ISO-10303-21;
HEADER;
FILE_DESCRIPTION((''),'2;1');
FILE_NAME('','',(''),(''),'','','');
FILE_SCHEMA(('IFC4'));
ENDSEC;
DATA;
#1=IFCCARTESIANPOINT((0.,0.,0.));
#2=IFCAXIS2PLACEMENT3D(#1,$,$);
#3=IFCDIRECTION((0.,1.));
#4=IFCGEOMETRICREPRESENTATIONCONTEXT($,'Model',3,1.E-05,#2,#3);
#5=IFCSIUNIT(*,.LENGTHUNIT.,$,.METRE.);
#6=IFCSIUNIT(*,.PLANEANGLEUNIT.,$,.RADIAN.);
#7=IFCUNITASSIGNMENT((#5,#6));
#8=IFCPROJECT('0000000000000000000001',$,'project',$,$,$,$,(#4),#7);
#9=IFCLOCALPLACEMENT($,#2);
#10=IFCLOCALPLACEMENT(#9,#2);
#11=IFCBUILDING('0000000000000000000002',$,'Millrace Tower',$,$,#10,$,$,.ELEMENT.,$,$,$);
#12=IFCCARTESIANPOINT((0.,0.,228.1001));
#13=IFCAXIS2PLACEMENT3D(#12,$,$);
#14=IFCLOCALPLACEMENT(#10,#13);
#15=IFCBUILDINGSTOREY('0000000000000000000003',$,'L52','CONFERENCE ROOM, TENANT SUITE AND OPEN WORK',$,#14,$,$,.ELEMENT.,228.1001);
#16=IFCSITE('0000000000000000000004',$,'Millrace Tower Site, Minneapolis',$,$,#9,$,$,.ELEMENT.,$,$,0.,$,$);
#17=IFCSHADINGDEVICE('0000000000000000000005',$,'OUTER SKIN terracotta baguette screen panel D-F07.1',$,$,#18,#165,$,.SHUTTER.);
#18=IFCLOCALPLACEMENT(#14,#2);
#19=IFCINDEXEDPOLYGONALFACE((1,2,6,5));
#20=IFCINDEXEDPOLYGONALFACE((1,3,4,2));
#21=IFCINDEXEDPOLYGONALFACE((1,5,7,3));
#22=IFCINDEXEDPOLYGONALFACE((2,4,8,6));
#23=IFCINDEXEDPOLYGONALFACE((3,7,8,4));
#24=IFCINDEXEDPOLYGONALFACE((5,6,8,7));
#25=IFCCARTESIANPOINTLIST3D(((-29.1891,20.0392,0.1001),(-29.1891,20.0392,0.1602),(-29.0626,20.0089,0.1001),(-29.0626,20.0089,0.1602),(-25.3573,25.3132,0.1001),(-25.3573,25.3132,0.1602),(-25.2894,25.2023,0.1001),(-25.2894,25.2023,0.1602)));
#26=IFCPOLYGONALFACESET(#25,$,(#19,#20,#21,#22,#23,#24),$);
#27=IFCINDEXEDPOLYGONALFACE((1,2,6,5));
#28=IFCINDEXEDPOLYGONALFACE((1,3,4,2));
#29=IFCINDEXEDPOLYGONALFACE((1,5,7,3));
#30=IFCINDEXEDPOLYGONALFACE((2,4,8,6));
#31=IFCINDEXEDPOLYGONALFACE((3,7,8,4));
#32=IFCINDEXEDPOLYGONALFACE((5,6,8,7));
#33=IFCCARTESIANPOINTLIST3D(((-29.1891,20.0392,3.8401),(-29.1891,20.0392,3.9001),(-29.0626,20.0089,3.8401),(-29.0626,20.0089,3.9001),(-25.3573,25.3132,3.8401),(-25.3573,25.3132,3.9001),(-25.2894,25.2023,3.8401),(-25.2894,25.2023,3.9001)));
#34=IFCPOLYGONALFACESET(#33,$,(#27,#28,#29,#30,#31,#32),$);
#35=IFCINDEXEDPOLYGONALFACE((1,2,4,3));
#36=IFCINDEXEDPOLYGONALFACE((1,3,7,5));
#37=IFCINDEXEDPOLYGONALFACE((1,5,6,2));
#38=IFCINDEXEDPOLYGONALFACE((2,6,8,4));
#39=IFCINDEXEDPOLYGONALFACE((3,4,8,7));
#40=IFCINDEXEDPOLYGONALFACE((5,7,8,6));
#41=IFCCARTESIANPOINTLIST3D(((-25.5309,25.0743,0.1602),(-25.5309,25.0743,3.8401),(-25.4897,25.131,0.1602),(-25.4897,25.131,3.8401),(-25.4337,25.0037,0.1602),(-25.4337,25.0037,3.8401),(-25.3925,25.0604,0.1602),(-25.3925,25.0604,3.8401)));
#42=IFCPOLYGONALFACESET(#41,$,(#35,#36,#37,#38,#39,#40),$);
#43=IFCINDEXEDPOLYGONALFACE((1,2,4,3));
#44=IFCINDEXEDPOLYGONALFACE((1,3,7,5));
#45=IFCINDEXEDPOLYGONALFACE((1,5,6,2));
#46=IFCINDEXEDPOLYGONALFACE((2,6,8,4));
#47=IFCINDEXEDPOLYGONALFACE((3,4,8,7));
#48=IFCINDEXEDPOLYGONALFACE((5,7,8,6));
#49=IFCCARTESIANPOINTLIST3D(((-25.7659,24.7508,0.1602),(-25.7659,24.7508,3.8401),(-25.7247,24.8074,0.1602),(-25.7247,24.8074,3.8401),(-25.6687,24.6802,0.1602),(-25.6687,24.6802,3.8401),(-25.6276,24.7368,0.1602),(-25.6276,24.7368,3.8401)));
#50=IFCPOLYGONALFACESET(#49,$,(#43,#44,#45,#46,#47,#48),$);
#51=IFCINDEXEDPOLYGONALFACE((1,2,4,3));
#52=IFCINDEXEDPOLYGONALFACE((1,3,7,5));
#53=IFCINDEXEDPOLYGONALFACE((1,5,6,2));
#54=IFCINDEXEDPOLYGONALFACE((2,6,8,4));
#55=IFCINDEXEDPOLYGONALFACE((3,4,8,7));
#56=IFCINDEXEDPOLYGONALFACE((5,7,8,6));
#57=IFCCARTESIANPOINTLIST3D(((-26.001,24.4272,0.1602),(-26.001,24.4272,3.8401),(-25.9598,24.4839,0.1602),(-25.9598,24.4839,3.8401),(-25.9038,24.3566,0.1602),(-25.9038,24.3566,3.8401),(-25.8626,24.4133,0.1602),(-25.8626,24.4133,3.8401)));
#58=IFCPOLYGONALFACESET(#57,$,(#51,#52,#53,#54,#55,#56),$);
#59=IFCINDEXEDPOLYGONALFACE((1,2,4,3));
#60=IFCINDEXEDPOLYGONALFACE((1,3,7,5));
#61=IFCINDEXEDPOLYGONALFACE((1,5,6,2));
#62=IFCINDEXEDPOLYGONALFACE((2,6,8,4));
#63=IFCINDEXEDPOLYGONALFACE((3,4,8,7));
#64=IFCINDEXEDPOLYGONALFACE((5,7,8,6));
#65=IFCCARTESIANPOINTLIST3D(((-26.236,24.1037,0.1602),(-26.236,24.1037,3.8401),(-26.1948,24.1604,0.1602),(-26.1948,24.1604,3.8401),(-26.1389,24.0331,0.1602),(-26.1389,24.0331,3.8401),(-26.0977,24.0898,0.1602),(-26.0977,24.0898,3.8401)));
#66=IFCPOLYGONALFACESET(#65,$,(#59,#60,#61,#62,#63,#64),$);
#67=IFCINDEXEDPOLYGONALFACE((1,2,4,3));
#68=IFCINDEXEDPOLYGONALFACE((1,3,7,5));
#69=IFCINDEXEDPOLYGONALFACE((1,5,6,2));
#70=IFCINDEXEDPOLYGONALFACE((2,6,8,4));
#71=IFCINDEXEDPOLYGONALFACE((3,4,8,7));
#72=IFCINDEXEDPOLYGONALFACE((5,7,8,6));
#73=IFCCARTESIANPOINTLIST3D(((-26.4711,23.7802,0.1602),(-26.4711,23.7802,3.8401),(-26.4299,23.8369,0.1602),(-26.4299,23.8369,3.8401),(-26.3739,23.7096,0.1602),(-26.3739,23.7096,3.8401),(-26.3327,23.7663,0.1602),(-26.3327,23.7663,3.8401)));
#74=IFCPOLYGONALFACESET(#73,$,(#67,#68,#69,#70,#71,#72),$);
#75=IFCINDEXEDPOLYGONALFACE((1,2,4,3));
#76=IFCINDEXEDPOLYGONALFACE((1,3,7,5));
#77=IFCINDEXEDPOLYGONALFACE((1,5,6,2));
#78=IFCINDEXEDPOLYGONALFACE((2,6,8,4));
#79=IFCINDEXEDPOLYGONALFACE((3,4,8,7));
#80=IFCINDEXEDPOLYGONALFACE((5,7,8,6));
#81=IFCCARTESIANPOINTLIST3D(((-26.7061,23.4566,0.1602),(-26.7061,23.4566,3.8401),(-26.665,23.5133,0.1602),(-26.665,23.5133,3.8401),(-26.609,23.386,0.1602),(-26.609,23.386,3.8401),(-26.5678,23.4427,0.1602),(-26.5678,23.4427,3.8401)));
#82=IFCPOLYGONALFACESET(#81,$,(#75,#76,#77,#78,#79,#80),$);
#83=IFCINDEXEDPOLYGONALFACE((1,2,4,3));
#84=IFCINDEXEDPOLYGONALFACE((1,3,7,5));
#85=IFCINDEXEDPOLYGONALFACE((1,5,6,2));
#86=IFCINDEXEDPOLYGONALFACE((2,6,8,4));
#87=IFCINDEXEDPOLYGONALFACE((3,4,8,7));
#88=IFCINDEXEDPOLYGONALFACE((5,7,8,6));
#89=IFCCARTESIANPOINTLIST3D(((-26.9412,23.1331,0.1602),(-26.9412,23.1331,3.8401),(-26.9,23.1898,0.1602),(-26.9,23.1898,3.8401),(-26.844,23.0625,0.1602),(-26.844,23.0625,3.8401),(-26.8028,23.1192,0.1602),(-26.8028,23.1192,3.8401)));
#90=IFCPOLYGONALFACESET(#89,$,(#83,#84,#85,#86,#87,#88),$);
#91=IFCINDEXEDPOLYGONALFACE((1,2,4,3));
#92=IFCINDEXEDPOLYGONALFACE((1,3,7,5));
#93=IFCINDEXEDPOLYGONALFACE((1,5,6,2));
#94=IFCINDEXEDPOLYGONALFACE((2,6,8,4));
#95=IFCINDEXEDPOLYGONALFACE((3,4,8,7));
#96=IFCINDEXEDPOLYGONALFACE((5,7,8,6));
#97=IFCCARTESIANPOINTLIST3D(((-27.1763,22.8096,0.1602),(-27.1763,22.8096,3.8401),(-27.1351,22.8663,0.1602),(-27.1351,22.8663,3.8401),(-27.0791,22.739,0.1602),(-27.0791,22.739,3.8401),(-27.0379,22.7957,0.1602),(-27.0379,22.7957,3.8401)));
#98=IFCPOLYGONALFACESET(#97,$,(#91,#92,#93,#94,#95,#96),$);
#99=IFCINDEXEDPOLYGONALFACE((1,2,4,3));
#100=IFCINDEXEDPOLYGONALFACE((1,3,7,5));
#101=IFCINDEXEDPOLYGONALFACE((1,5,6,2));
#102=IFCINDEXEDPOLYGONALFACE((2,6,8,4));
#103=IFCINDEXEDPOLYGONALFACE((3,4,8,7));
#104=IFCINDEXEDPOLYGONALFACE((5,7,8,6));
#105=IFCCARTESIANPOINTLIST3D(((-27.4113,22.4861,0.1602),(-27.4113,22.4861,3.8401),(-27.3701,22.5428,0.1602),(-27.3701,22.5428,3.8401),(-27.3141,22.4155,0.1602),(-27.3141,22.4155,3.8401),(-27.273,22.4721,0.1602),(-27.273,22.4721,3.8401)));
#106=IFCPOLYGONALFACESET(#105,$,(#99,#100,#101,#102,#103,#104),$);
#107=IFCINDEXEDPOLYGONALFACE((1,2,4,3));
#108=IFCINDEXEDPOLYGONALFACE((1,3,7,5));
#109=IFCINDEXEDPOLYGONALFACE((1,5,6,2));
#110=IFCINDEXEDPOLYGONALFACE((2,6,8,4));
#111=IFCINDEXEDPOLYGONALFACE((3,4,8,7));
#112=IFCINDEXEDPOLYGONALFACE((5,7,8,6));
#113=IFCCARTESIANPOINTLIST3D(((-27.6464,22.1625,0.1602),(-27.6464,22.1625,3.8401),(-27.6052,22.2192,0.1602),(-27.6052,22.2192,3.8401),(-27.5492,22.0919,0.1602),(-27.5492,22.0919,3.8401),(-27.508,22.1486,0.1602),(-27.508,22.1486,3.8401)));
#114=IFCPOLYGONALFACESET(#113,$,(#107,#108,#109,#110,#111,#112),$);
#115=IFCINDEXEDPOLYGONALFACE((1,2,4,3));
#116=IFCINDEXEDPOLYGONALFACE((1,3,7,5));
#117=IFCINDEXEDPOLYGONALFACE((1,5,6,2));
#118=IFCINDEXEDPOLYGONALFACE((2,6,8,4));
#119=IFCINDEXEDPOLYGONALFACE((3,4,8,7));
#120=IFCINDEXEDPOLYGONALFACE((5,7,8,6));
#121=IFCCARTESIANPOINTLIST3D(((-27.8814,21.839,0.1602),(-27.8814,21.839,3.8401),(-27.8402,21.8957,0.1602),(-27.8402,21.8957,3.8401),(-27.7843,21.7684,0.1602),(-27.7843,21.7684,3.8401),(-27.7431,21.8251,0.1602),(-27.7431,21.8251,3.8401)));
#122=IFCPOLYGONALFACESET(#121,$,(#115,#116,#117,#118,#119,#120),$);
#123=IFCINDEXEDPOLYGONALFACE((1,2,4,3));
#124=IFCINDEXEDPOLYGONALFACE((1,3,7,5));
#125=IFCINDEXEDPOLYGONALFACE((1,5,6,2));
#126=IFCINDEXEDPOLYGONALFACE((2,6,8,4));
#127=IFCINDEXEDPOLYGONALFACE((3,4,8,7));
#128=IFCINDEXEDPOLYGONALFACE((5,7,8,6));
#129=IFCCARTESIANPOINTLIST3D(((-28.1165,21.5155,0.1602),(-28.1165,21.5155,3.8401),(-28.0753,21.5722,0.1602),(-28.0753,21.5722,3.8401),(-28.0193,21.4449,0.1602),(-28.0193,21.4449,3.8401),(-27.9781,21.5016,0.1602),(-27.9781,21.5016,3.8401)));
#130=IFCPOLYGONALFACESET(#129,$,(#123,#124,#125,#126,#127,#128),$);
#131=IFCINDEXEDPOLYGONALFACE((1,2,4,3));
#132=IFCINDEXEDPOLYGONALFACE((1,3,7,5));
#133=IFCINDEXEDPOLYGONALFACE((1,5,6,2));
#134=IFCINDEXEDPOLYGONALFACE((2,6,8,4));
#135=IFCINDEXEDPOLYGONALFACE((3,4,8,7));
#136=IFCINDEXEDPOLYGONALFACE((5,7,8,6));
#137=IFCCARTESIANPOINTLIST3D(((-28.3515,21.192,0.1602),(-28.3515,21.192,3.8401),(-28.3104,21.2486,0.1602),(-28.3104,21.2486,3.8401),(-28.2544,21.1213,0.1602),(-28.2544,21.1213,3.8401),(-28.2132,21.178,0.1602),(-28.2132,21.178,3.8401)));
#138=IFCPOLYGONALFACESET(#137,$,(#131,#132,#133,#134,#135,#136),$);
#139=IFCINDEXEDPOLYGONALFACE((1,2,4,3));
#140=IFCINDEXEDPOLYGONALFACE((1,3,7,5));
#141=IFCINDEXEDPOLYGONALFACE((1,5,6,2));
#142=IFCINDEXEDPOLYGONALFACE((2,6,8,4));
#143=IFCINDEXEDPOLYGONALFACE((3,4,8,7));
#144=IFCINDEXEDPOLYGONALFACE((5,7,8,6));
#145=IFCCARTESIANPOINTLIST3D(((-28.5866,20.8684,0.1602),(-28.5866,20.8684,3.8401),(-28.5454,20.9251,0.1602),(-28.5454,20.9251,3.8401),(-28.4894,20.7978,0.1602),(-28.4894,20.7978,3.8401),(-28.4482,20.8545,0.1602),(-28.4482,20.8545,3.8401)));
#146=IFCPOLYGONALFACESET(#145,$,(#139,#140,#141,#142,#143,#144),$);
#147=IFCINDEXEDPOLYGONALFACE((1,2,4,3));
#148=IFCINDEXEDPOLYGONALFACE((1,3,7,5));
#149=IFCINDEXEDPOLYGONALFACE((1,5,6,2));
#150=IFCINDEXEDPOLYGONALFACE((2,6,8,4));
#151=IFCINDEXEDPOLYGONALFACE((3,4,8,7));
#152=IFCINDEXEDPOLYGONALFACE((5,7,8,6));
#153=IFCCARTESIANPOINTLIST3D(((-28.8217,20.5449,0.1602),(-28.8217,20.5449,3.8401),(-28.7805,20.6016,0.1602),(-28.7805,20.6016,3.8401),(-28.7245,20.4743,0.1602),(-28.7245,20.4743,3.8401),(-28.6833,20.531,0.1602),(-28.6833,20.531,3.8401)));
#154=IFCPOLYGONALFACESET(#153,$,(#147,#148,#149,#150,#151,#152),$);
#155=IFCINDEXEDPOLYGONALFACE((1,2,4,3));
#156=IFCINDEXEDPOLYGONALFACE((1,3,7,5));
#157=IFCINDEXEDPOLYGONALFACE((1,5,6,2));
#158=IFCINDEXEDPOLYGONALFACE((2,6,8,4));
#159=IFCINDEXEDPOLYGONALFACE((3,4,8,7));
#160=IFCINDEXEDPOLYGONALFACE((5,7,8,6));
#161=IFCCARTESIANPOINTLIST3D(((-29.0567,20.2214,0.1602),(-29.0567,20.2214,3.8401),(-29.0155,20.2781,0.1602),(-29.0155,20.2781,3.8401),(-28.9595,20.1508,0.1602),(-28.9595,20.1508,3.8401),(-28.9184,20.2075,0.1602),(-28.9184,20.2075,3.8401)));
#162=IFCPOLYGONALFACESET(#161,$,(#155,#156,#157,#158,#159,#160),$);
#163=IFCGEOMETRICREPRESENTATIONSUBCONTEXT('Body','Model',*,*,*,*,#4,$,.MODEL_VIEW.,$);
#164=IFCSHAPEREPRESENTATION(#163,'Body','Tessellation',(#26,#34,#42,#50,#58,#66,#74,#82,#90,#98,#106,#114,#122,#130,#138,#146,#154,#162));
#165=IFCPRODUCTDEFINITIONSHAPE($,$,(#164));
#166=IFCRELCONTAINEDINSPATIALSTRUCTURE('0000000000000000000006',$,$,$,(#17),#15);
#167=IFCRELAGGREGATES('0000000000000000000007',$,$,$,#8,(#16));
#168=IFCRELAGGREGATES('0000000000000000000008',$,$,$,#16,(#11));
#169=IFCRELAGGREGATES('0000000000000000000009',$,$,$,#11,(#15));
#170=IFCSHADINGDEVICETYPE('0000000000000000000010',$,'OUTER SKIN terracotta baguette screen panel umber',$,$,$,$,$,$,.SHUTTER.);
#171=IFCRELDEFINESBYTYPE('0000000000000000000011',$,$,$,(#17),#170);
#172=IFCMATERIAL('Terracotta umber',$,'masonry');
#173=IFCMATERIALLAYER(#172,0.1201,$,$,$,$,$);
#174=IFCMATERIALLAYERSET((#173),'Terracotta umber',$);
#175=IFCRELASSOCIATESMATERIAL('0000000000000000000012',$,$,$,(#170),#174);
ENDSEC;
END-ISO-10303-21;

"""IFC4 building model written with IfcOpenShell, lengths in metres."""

from ifc_helpers import new_model, entity, si_unit, direction, frame, frame_2d, origin, place, context, subcontext, project, spatial, rectangle, extrude, source, transform, mapped, material, layer, layer_set, type_object, element, save


model = new_model("IFC4")

# Units and contexts
model_context = context("Model", 3, precision=1e-05, world=origin(), true_north=direction((0.0, 1.0)))
body_context = subcontext(model_context, "Body", "Model", "MODEL_VIEW")
ifc_project = project(units=[si_unit("LENGTHUNIT", "METRE"), si_unit("PLANEANGLEUNIT", "RADIAN")], contexts=[model_context])

# Site, building, storey
site_placement = place(None, origin())
site = spatial("IfcSite", under=ifc_project, at=site_placement, Name="Millrace Tower Site, Minneapolis", CompositionType="ELEMENT", RefElevation=0.0)
building_placement = place(site_placement, origin())
building = spatial("IfcBuilding", under=site, at=building_placement, Name="Millrace Tower", CompositionType="ELEMENT")
storey_placement = place(building_placement, frame((0.0, 0.0, 228.1001)))
storey = spatial("IfcBuildingStorey", under=building, at=storey_placement, Name="L52", Description="CONFERENCE ROOM, TENANT SUITE AND OPEN WORK", CompositionType="ELEMENT", Elevation=228.1001)

# Shading device
ifc_material_1 = material(Name="Terracotta umber", Category="masonry")
ifc_layer_1 = layer(ifc_material_1, 0.1201)
ifc_layer_set_1 = layer_set([ifc_layer_1], Name="Terracotta umber")
shading_device_type = type_object("IfcShadingDeviceType", Name="OUTER SKIN terracotta baguette screen panel umber", PredefinedType="SHUTTER", material=ifc_layer_set_1)
cartesian_point_1 = entity("IfcCartesianPoint", [-3.2097, 0.0601])
shared_polyline_1 = entity("IfcPolyline", [cartesian_point_1, entity("IfcCartesianPoint", [3.2097, 0.0601]), entity("IfcCartesianPoint", [3.2595, -0.0601]), entity("IfcCartesianPoint", [-3.2595, -0.0601]), cartesian_point_1])
shared_shape_1 = source(origin(), body_context, "Body", "SweptSolid", [
    entity("IfcExtrudedAreaSolid", entity("IfcArbitraryClosedProfileDef", "AREA", None, shared_polyline_1), entity("IfcAxis2Placement3D", entity("IfcCartesianPoint", [0.0, 0.0, 0.0])), entity("IfcDirection", [0.0, 0.0, 1.0]), 0.0601),
    entity("IfcExtrudedAreaSolid", entity("IfcArbitraryClosedProfileDef", "AREA", None, shared_polyline_1), entity("IfcAxis2Placement3D", entity("IfcCartesianPoint", [0.0, 0.0, 3.74])), entity("IfcDirection", [0.0, 0.0, 1.0]), 0.0601),
    extrude(rectangle(XDim=0.0701, YDim=0.1201, at=frame_2d((-2.9993, 0.0))), frame((0.0, 0.0, 0.0601)), (0.0, 0.0, 1.0), 3.6799),
    extrude(rectangle(XDim=0.0701, YDim=0.1201, at=frame_2d((-2.5994, 0.0))), frame((0.0, 0.0, 0.0601)), (0.0, 0.0, 1.0), 3.6799),
    extrude(rectangle(XDim=0.0701, YDim=0.1201, at=frame_2d((-2.1995, 0.0))), frame((0.0, 0.0, 0.0601)), (0.0, 0.0, 1.0), 3.6799),
    extrude(rectangle(XDim=0.0701, YDim=0.1201, at=frame_2d((-1.7996, 0.0))), frame((0.0, 0.0, 0.0601)), (0.0, 0.0, 1.0), 3.6799),
    extrude(rectangle(XDim=0.0701, YDim=0.1201, at=frame_2d((-1.3997, 0.0))), frame((0.0, 0.0, 0.0601)), (0.0, 0.0, 1.0), 3.6799),
    extrude(rectangle(XDim=0.0701, YDim=0.1201, at=frame_2d((-0.9998, 0.0))), frame((0.0, 0.0, 0.0601)), (0.0, 0.0, 1.0), 3.6799),
    extrude(rectangle(XDim=0.0701, YDim=0.1201, at=frame_2d((-0.5999, 0.0))), frame((0.0, 0.0, 0.0601)), (0.0, 0.0, 1.0), 3.6799),
    extrude(rectangle(XDim=0.0701, YDim=0.1201, at=frame_2d((-0.2, 0.0))), frame((0.0, 0.0, 0.0601)), (0.0, 0.0, 1.0), 3.6799),
    extrude(rectangle(XDim=0.0701, YDim=0.1201, at=frame_2d((0.2, 0.0))), frame((0.0, 0.0, 0.0601)), (0.0, 0.0, 1.0), 3.6799),
    extrude(rectangle(XDim=0.0701, YDim=0.1201, at=frame_2d((0.5999, 0.0))), frame((0.0, 0.0, 0.0601)), (0.0, 0.0, 1.0), 3.6799),
    extrude(rectangle(XDim=0.0701, YDim=0.1201, at=frame_2d((0.9998, 0.0))), frame((0.0, 0.0, 0.0601)), (0.0, 0.0, 1.0), 3.6799),
    extrude(rectangle(XDim=0.0701, YDim=0.1201, at=frame_2d((1.3997, 0.0))), frame((0.0, 0.0, 0.0601)), (0.0, 0.0, 1.0), 3.6799),
    extrude(rectangle(XDim=0.0701, YDim=0.1201, at=frame_2d((1.7996, 0.0))), frame((0.0, 0.0, 0.0601)), (0.0, 0.0, 1.0), 3.6799),
    extrude(rectangle(XDim=0.0701, YDim=0.1201, at=frame_2d((2.1995, 0.0))), frame((0.0, 0.0, 0.0601)), (0.0, 0.0, 1.0), 3.6799),
    extrude(rectangle(XDim=0.0701, YDim=0.1201, at=frame_2d((2.5994, 0.0))), frame((0.0, 0.0, 0.0601)), (0.0, 0.0, 1.0), 3.6799),
    extrude(rectangle(XDim=0.0701, YDim=0.1201, at=frame_2d((2.9993, 0.0))), frame((0.0, 0.0, 0.0601)), (0.0, 0.0, 1.0), 3.6799),
])
shading_device_1_placement = place(storey_placement, frame((-27.2246, 22.6409, 0.1001), z_axis=(0.0, 0.0, 1.0), x_axis=(-0.587785, -0.809017, 0.0)))
element("IfcShadingDevice", 1, at=shading_device_1_placement, inside=storey, type_object=shading_device_type, Name="OUTER SKIN terracotta baguette screen panel D-F07.1", PredefinedType="SHUTTER", context=body_context, shape_type="MappedRepresentation", body=[
    mapped(shared_shape_1, transform((0.0, 0.0, 0.0), scale=1.0)),
])

save(model, "model.ifc")
